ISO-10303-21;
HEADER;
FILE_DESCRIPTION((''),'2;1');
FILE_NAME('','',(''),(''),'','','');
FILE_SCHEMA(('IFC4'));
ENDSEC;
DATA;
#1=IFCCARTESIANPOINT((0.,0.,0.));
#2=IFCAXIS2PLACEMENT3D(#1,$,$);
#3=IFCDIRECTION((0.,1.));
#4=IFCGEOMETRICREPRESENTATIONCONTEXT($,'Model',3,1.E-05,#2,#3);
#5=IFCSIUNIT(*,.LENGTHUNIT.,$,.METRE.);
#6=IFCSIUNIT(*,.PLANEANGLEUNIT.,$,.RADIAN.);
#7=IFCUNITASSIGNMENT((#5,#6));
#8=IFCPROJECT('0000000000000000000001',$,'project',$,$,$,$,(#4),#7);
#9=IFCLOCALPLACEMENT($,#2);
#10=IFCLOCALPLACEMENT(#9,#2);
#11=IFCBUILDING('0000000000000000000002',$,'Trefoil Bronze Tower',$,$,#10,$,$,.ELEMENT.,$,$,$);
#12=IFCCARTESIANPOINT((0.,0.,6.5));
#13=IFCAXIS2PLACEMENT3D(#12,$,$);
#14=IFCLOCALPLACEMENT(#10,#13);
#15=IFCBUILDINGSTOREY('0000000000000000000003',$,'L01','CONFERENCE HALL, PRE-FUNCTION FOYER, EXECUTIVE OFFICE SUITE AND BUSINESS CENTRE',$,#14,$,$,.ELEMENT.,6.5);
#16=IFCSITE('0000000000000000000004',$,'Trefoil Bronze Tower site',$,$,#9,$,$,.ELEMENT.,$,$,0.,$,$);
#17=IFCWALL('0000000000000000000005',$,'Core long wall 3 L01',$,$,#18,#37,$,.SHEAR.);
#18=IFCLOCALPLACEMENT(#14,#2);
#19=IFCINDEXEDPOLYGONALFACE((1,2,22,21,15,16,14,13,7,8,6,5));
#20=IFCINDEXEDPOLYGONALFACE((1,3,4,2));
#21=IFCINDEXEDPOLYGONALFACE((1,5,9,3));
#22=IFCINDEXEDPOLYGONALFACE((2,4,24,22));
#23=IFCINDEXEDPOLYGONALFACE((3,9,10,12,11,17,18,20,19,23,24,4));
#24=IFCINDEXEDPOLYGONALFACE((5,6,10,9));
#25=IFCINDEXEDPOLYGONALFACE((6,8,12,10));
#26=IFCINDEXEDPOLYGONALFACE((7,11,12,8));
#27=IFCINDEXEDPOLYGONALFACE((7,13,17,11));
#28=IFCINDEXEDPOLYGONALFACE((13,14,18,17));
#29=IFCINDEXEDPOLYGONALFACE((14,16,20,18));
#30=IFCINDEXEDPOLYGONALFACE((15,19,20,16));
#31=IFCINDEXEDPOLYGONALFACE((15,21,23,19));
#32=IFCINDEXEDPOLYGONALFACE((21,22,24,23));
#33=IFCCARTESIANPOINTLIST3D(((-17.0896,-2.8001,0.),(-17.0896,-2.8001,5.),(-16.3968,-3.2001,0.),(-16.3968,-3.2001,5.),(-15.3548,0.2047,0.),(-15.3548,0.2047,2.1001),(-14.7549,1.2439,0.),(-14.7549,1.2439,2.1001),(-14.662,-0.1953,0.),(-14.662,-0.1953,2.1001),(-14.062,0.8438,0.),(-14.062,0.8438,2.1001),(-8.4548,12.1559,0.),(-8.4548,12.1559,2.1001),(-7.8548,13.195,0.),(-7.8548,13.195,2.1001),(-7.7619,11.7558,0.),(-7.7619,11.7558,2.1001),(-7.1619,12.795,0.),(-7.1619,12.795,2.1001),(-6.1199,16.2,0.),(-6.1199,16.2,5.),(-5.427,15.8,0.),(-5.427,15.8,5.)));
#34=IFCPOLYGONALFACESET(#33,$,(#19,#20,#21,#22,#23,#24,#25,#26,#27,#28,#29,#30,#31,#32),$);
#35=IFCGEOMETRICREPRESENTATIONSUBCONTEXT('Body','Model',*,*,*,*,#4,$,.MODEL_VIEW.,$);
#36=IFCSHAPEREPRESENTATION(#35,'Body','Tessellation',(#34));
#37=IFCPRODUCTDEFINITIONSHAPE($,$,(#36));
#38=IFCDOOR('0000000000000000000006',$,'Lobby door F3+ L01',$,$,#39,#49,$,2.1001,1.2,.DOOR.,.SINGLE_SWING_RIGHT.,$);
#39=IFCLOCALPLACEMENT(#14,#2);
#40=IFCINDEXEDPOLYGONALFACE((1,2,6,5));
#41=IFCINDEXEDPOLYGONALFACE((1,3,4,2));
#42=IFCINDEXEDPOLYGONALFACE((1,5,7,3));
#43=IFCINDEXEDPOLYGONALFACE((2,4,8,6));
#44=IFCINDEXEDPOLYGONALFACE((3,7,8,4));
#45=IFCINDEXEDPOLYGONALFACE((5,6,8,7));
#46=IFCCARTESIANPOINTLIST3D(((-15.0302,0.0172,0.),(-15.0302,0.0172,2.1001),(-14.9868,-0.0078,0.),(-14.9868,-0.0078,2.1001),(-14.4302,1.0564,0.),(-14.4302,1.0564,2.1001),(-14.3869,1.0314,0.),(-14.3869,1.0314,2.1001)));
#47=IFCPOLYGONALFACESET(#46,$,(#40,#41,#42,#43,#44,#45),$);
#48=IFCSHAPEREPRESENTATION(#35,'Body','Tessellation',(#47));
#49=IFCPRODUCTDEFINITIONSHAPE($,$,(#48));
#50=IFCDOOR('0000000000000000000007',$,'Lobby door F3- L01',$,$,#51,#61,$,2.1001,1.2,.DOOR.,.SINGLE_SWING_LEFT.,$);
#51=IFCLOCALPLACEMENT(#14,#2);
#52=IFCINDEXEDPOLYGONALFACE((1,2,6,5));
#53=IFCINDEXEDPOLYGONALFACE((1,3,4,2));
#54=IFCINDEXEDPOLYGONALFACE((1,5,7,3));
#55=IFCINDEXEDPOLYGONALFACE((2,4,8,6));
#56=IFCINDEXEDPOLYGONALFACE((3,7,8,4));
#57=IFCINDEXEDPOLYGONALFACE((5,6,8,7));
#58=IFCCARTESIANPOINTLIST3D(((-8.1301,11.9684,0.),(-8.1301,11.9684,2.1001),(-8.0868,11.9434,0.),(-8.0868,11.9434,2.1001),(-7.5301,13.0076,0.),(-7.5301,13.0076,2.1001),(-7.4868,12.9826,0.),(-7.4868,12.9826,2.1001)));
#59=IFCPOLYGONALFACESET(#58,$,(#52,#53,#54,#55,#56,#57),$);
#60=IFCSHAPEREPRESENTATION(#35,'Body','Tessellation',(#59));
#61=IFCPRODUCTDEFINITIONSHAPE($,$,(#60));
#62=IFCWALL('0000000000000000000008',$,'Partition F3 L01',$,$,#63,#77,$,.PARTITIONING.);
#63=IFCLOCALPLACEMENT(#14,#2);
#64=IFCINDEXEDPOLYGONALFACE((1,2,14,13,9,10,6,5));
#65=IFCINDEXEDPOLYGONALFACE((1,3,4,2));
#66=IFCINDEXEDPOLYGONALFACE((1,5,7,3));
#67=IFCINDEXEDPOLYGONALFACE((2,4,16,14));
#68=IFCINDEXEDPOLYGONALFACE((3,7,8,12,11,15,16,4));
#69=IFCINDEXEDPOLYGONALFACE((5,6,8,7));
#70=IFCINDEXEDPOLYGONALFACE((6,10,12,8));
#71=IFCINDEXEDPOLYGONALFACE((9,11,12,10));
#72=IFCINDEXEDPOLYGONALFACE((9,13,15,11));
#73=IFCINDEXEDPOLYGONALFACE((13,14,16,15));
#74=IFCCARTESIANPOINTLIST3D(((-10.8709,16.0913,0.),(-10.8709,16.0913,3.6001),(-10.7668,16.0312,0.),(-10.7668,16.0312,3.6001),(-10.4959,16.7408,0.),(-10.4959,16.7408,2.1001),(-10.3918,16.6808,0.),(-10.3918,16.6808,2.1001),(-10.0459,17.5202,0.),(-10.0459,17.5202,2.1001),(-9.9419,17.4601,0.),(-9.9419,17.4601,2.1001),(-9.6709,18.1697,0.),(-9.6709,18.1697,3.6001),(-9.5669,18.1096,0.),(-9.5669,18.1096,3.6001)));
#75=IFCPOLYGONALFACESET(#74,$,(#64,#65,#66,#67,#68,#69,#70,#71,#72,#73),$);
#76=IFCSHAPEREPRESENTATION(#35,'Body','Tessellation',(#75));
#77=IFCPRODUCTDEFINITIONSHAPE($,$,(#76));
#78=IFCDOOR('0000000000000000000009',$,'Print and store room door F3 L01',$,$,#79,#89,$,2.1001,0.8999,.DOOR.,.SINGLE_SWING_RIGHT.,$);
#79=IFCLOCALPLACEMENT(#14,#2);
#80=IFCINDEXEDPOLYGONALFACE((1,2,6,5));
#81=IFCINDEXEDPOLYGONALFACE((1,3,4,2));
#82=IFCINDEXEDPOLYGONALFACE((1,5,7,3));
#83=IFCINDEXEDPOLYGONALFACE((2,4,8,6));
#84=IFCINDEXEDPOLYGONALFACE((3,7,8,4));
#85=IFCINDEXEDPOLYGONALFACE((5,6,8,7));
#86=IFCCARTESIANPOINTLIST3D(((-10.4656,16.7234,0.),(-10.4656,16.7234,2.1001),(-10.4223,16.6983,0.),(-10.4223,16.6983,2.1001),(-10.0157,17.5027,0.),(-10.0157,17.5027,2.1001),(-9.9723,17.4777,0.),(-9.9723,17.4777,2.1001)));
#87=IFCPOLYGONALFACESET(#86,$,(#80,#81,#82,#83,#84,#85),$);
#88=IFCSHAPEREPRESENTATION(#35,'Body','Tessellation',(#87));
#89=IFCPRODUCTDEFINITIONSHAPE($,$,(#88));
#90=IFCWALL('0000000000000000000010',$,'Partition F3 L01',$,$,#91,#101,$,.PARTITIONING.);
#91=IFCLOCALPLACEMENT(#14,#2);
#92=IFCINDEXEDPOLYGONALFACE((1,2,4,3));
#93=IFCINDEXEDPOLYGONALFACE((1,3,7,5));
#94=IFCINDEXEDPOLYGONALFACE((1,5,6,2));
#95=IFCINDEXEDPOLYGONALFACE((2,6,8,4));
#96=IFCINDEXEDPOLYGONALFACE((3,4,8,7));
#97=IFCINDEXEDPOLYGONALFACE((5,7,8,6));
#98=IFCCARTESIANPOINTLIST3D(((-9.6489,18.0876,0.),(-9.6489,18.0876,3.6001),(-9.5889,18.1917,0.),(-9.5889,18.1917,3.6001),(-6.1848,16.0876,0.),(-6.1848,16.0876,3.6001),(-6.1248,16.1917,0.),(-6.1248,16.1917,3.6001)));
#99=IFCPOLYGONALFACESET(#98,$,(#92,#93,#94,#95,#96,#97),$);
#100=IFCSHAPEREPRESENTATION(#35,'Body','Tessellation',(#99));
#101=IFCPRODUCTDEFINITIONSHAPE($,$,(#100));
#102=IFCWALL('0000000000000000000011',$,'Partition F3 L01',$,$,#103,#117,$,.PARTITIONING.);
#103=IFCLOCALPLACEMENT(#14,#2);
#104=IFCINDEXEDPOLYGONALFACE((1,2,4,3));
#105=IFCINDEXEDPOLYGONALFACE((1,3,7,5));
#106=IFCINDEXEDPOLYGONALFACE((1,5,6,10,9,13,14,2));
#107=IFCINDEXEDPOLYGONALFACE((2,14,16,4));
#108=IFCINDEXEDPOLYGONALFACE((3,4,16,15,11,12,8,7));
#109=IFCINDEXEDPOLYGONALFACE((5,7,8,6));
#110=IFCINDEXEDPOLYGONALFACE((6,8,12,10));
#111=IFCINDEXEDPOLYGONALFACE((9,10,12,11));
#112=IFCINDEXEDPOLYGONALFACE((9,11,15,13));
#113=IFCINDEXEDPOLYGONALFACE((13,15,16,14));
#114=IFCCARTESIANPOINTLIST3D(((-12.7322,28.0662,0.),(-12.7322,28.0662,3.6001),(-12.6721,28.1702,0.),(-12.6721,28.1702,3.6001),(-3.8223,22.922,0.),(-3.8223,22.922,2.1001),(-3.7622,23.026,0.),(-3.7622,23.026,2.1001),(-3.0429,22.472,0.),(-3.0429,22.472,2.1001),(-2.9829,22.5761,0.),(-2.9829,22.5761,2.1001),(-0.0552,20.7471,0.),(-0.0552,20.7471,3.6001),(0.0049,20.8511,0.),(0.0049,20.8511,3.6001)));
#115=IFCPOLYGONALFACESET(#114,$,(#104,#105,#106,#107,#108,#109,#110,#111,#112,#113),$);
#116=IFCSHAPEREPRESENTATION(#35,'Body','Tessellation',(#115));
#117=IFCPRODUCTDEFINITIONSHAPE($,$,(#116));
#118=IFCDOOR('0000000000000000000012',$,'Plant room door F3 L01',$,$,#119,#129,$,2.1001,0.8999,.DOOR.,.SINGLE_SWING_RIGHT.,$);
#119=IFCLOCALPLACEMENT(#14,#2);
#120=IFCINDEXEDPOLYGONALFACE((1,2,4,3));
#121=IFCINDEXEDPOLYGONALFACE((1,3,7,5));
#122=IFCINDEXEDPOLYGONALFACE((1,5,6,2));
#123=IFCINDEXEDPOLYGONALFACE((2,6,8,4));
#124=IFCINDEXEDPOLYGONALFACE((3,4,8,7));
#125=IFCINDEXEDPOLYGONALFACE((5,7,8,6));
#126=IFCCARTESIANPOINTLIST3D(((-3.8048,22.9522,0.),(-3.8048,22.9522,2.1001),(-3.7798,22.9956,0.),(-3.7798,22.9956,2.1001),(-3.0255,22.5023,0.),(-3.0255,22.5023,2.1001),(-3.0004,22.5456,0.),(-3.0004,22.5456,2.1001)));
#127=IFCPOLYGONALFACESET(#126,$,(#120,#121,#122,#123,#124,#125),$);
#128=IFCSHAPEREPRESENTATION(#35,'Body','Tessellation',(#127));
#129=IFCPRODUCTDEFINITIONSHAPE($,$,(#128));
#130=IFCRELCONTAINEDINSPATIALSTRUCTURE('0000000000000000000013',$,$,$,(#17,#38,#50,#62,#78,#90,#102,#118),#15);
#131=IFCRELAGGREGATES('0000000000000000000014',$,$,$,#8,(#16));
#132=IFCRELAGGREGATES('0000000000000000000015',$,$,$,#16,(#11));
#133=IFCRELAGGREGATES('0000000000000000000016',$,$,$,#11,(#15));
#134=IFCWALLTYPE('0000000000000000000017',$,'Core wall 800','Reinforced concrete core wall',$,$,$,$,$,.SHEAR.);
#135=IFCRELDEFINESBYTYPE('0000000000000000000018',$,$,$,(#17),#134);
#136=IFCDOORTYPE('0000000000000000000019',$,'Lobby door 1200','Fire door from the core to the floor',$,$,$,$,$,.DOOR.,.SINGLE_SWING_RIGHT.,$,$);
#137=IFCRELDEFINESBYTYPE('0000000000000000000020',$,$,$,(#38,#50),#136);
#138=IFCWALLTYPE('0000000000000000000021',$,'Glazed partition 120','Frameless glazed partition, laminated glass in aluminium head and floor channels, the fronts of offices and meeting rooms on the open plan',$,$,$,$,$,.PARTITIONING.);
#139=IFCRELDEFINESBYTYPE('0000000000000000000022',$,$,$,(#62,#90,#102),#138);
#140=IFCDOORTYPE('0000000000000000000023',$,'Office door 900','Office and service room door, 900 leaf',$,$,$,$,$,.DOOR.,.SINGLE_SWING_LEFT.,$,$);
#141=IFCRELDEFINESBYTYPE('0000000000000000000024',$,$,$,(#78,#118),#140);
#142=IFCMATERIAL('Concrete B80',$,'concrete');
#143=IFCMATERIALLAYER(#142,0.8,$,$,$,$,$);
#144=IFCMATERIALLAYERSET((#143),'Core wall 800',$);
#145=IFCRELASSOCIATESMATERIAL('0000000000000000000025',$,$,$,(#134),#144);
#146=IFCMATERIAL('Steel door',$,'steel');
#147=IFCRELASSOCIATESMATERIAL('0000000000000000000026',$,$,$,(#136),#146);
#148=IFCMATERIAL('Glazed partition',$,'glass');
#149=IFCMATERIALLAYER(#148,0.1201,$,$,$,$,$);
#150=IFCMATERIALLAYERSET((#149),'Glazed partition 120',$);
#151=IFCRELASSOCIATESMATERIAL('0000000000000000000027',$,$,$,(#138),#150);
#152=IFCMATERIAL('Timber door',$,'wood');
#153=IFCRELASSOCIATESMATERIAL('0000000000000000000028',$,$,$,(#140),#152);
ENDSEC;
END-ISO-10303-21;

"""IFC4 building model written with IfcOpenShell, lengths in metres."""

from ifc_helpers import new_model, si_unit, direction, frame, frame_2d, origin, place, context, subcontext, project, spatial, rectangle, extrude, material, layer, layer_set, type_object, element, fill, save


model = new_model("IFC4")

# Units and contexts
model_context = context("Model", 3, precision=1e-05, world=origin(), true_north=direction((0.0, 1.0)))
body_context = subcontext(model_context, "Body", "Model", "MODEL_VIEW")
ifc_project = project(units=[si_unit("LENGTHUNIT", "METRE"), si_unit("PLANEANGLEUNIT", "RADIAN")], contexts=[model_context])

# Site, building, storey
site_placement = place(None, origin())
site = spatial("IfcSite", under=ifc_project, at=site_placement, Name="Trefoil Bronze Tower site", CompositionType="ELEMENT", RefElevation=0.0)
building_placement = place(site_placement, origin())
building = spatial("IfcBuilding", under=site, at=building_placement, Name="Trefoil Bronze Tower", CompositionType="ELEMENT")
storey_placement = place(building_placement, frame((0.0, 0.0, 6.5)))
storey = spatial("IfcBuildingStorey", under=building, at=storey_placement, Name="L01", Description="CONFERENCE HALL, PRE-FUNCTION FOYER, EXECUTIVE OFFICE SUITE AND BUSINESS CENTRE", CompositionType="ELEMENT", Elevation=6.5)

# Wall, openings, doors
ifc_material_1 = material(Name="Concrete B80", Category="concrete")
ifc_layer_1 = layer(ifc_material_1, 0.8)
ifc_layer_set_1 = layer_set([ifc_layer_1], Name="Core wall 800")
wall_type_1 = type_object("IfcWallType", Name="Core wall 800", Description="Reinforced concrete core wall", PredefinedType="SHEAR", material=ifc_layer_set_1)
wall_1_placement = place(storey_placement, frame((-5.7734, 16.0, 0.0), z_axis=(0.0, 0.0, 1.0), x_axis=(-0.500002, -0.866024, 0.0)))
wall_1 = element("IfcWall", 1, at=wall_1_placement, inside=storey, type_object=wall_type_1, Name="Core long wall 3 L01", PredefinedType="SHEAR", context=body_context, shape_type="SweptSolid", body=[
    extrude(rectangle(XDim=21.9395, YDim=0.8, at=frame_2d((10.9697, 0.0))), origin(), (0.0, 0.0, 1.0), 5.0),
])
opening_1_placement = place(wall_1_placement, frame((17.2698, 0.0, 0.0)))
opening_1 = element("IfcOpeningElement", 2, at=opening_1_placement, cuts=wall_1, PredefinedType="OPENING", context=body_context, shape_type="SweptSolid", body=[
    extrude(rectangle(XDim=1.2, YDim=2.1001, at=frame_2d((0.6001, 1.05))), frame((0.0, 0.4099, 0.0), z_axis=(0.0, -1.0, 0.0), x_axis=(1.0, 0.0, 0.0)), (0.0, 0.0, 1.0), 0.8201),
])
opening_2_placement = place(wall_1_placement, frame((3.4697, 0.0, 0.0)))
opening_2 = element("IfcOpeningElement", 3, at=opening_2_placement, cuts=wall_1, PredefinedType="OPENING", context=body_context, shape_type="SweptSolid", body=[
    extrude(rectangle(XDim=1.2, YDim=2.1001, at=frame_2d((0.6001, 1.05))), frame((0.0, 0.4099, 0.0), z_axis=(0.0, -1.0, 0.0), x_axis=(1.0, 0.0, 0.0)), (0.0, 0.0, 1.0), 0.8201),
])
ifc_material_2 = material(Name="Steel door", Category="steel")
door_type_1 = type_object("IfcDoorType", Name="Lobby door 1200", Description="Fire door from the core to the floor", OperationType="SINGLE_SWING_RIGHT", PredefinedType="DOOR", material=ifc_material_2)
door_1_placement = place(opening_1_placement, origin())
door_1 = element("IfcDoor", 4, at=door_1_placement, inside=storey, type_object=door_type_1, Name="Lobby door F3+ L01", OperationType="SINGLE_SWING_RIGHT", OverallHeight=2.1001, OverallWidth=1.2, PredefinedType="DOOR", context=body_context, shape_type="SweptSolid", body=[
    extrude(rectangle(XDim=1.2, YDim=2.1001, at=frame_2d((0.6001, 1.05))), frame((0.0, 0.0249, 0.0), z_axis=(0.0, -1.0, 0.0), x_axis=(1.0, 0.0, 0.0)), (0.0, 0.0, 1.0), 0.05),
])
fill(opening_1, door_1)
door_2_placement = place(opening_2_placement, origin())
door_2 = element("IfcDoor", 5, at=door_2_placement, inside=storey, type_object=door_type_1, Name="Lobby door F3- L01", OperationType="SINGLE_SWING_LEFT", OverallHeight=2.1001, OverallWidth=1.2, PredefinedType="DOOR", context=body_context, shape_type="SweptSolid", body=[
    extrude(rectangle(XDim=1.2, YDim=2.1001, at=frame_2d((0.6001, 1.05))), frame((0.0, 0.0249, 0.0), z_axis=(0.0, -1.0, 0.0), x_axis=(1.0, 0.0, 0.0)), (0.0, 0.0, 1.0), 0.05),
])
fill(opening_2, door_2)

# Wall, opening, door
ifc_material_3 = material(Name="Glazed partition", Category="glass")
ifc_layer_2 = layer(ifc_material_3, 0.1201)
ifc_layer_set_2 = layer_set([ifc_layer_2], Name="Glazed partition 120")
wall_type_2 = type_object("IfcWallType", Name="Glazed partition 120", Description="Frameless glazed partition, laminated glass in aluminium head and floor channels, the fronts of offices and meeting rooms on the open plan", PredefinedType="PARTITIONING", material=ifc_layer_set_2)
wall_2_placement = place(storey_placement, frame((-9.6189, 18.1396, 0.0), z_axis=(0.0, 0.0, 1.0), x_axis=(-0.500001, -0.866025, 0.0)))
wall_2 = element("IfcWall", 6, at=wall_2_placement, inside=storey, type_object=wall_type_2, Name="Partition F3 L01", PredefinedType="PARTITIONING", context=body_context, shape_type="SweptSolid", body=[
    extrude(rectangle(XDim=2.3999, YDim=0.1201, at=frame_2d((1.2, 0.0))), origin(), (0.0, 0.0, 1.0), 3.6001),
])
opening_3_placement = place(wall_2_placement, frame((0.75, 0.0, 0.0)))
opening_3 = element("IfcOpeningElement", 7, at=opening_3_placement, cuts=wall_2, PredefinedType="OPENING", context=body_context, shape_type="SweptSolid", body=[
    extrude(rectangle(XDim=0.8999, YDim=2.1001, at=frame_2d((0.45, 1.05))), frame((0.0, 0.0701, 0.0), z_axis=(0.0, -1.0, 0.0), x_axis=(1.0, 0.0, 0.0)), (0.0, 0.0, 1.0), 0.1401),
])
ifc_material_4 = material(Name="Timber door", Category="wood")
door_type_2 = type_object("IfcDoorType", Name="Office door 900", Description="Office and service room door, 900 leaf", OperationType="SINGLE_SWING_LEFT", PredefinedType="DOOR", material=ifc_material_4)
door_3_placement = place(opening_3_placement, origin())
door_3 = element("IfcDoor", 8, at=door_3_placement, inside=storey, type_object=door_type_2, Name="Print and store room door F3 L01", OperationType="SINGLE_SWING_RIGHT", OverallHeight=2.1001, OverallWidth=0.8999, PredefinedType="DOOR", context=body_context, shape_type="SweptSolid", body=[
    extrude(rectangle(XDim=0.8999, YDim=2.1001, at=frame_2d((0.45, 1.05))), frame((0.0, 0.0249, 0.0), z_axis=(0.0, -1.0, 0.0), x_axis=(1.0, 0.0, 0.0)), (0.0, 0.0, 1.0), 0.05),
])
fill(opening_3, door_3)

# Wall
wall_3_placement = place(storey_placement, frame((-6.1548, 16.1396, 0.0), z_axis=(0.0, 0.0, 1.0), x_axis=(-0.866026, 0.499999, 0.0)))
element("IfcWall", 9, at=wall_3_placement, inside=storey, type_object=wall_type_2, Name="Partition F3 L01", PredefinedType="PARTITIONING", context=body_context, shape_type="SweptSolid", body=[
    extrude(rectangle(XDim=4.0, YDim=0.1201, at=frame_2d((2.0, 0.0))), origin(), (0.0, 0.0, 1.0), 3.6001),
])

# Wall, opening, door
wall_4_placement = place(storey_placement, frame((-0.0251, 20.7991, 0.0), z_axis=(0.0, 0.0, 1.0), x_axis=(-0.866025, 0.500001, 0.0)))
wall_4 = element("IfcWall", 10, at=wall_4_placement, inside=storey, type_object=wall_type_2, Name="Partition F3 L01", PredefinedType="PARTITIONING", context=body_context, shape_type="SweptSolid", body=[
    extrude(rectangle(XDim=14.6382, YDim=0.1201, at=frame_2d((7.3191, 0.0))), origin(), (0.0, 0.0, 1.0), 3.6001),
])
opening_4_placement = place(wall_4_placement, frame((3.45, 0.0, 0.0)))
opening_4 = element("IfcOpeningElement", 11, at=opening_4_placement, cuts=wall_4, PredefinedType="OPENING", context=body_context, shape_type="SweptSolid", body=[
    extrude(rectangle(XDim=0.8999, YDim=2.1001, at=frame_2d((0.45, 1.05))), frame((0.0, 0.0701, 0.0), z_axis=(0.0, -1.0, 0.0), x_axis=(1.0, 0.0, 0.0)), (0.0, 0.0, 1.0), 0.1401),
])
door_4_placement = place(opening_4_placement, frame((0.8999, 0.0, 0.0), z_axis=(0.0, 0.0, 1.0), x_axis=(-1.0, 0.0, 0.0)))
door_4 = element("IfcDoor", 12, at=door_4_placement, inside=storey, type_object=door_type_2, Name="Plant room door F3 L01", OperationType="SINGLE_SWING_RIGHT", OverallHeight=2.1001, OverallWidth=0.8999, PredefinedType="DOOR", context=body_context, shape_type="SweptSolid", body=[
    extrude(rectangle(XDim=0.8999, YDim=2.1001, at=frame_2d((0.45, 1.05))), frame((0.0, 0.0249, 0.0), z_axis=(0.0, -1.0, 0.0), x_axis=(1.0, 0.0, 0.0)), (0.0, 0.0, 1.0), 0.05),
])
fill(opening_4, door_4)

save(model, "model.ifc")
